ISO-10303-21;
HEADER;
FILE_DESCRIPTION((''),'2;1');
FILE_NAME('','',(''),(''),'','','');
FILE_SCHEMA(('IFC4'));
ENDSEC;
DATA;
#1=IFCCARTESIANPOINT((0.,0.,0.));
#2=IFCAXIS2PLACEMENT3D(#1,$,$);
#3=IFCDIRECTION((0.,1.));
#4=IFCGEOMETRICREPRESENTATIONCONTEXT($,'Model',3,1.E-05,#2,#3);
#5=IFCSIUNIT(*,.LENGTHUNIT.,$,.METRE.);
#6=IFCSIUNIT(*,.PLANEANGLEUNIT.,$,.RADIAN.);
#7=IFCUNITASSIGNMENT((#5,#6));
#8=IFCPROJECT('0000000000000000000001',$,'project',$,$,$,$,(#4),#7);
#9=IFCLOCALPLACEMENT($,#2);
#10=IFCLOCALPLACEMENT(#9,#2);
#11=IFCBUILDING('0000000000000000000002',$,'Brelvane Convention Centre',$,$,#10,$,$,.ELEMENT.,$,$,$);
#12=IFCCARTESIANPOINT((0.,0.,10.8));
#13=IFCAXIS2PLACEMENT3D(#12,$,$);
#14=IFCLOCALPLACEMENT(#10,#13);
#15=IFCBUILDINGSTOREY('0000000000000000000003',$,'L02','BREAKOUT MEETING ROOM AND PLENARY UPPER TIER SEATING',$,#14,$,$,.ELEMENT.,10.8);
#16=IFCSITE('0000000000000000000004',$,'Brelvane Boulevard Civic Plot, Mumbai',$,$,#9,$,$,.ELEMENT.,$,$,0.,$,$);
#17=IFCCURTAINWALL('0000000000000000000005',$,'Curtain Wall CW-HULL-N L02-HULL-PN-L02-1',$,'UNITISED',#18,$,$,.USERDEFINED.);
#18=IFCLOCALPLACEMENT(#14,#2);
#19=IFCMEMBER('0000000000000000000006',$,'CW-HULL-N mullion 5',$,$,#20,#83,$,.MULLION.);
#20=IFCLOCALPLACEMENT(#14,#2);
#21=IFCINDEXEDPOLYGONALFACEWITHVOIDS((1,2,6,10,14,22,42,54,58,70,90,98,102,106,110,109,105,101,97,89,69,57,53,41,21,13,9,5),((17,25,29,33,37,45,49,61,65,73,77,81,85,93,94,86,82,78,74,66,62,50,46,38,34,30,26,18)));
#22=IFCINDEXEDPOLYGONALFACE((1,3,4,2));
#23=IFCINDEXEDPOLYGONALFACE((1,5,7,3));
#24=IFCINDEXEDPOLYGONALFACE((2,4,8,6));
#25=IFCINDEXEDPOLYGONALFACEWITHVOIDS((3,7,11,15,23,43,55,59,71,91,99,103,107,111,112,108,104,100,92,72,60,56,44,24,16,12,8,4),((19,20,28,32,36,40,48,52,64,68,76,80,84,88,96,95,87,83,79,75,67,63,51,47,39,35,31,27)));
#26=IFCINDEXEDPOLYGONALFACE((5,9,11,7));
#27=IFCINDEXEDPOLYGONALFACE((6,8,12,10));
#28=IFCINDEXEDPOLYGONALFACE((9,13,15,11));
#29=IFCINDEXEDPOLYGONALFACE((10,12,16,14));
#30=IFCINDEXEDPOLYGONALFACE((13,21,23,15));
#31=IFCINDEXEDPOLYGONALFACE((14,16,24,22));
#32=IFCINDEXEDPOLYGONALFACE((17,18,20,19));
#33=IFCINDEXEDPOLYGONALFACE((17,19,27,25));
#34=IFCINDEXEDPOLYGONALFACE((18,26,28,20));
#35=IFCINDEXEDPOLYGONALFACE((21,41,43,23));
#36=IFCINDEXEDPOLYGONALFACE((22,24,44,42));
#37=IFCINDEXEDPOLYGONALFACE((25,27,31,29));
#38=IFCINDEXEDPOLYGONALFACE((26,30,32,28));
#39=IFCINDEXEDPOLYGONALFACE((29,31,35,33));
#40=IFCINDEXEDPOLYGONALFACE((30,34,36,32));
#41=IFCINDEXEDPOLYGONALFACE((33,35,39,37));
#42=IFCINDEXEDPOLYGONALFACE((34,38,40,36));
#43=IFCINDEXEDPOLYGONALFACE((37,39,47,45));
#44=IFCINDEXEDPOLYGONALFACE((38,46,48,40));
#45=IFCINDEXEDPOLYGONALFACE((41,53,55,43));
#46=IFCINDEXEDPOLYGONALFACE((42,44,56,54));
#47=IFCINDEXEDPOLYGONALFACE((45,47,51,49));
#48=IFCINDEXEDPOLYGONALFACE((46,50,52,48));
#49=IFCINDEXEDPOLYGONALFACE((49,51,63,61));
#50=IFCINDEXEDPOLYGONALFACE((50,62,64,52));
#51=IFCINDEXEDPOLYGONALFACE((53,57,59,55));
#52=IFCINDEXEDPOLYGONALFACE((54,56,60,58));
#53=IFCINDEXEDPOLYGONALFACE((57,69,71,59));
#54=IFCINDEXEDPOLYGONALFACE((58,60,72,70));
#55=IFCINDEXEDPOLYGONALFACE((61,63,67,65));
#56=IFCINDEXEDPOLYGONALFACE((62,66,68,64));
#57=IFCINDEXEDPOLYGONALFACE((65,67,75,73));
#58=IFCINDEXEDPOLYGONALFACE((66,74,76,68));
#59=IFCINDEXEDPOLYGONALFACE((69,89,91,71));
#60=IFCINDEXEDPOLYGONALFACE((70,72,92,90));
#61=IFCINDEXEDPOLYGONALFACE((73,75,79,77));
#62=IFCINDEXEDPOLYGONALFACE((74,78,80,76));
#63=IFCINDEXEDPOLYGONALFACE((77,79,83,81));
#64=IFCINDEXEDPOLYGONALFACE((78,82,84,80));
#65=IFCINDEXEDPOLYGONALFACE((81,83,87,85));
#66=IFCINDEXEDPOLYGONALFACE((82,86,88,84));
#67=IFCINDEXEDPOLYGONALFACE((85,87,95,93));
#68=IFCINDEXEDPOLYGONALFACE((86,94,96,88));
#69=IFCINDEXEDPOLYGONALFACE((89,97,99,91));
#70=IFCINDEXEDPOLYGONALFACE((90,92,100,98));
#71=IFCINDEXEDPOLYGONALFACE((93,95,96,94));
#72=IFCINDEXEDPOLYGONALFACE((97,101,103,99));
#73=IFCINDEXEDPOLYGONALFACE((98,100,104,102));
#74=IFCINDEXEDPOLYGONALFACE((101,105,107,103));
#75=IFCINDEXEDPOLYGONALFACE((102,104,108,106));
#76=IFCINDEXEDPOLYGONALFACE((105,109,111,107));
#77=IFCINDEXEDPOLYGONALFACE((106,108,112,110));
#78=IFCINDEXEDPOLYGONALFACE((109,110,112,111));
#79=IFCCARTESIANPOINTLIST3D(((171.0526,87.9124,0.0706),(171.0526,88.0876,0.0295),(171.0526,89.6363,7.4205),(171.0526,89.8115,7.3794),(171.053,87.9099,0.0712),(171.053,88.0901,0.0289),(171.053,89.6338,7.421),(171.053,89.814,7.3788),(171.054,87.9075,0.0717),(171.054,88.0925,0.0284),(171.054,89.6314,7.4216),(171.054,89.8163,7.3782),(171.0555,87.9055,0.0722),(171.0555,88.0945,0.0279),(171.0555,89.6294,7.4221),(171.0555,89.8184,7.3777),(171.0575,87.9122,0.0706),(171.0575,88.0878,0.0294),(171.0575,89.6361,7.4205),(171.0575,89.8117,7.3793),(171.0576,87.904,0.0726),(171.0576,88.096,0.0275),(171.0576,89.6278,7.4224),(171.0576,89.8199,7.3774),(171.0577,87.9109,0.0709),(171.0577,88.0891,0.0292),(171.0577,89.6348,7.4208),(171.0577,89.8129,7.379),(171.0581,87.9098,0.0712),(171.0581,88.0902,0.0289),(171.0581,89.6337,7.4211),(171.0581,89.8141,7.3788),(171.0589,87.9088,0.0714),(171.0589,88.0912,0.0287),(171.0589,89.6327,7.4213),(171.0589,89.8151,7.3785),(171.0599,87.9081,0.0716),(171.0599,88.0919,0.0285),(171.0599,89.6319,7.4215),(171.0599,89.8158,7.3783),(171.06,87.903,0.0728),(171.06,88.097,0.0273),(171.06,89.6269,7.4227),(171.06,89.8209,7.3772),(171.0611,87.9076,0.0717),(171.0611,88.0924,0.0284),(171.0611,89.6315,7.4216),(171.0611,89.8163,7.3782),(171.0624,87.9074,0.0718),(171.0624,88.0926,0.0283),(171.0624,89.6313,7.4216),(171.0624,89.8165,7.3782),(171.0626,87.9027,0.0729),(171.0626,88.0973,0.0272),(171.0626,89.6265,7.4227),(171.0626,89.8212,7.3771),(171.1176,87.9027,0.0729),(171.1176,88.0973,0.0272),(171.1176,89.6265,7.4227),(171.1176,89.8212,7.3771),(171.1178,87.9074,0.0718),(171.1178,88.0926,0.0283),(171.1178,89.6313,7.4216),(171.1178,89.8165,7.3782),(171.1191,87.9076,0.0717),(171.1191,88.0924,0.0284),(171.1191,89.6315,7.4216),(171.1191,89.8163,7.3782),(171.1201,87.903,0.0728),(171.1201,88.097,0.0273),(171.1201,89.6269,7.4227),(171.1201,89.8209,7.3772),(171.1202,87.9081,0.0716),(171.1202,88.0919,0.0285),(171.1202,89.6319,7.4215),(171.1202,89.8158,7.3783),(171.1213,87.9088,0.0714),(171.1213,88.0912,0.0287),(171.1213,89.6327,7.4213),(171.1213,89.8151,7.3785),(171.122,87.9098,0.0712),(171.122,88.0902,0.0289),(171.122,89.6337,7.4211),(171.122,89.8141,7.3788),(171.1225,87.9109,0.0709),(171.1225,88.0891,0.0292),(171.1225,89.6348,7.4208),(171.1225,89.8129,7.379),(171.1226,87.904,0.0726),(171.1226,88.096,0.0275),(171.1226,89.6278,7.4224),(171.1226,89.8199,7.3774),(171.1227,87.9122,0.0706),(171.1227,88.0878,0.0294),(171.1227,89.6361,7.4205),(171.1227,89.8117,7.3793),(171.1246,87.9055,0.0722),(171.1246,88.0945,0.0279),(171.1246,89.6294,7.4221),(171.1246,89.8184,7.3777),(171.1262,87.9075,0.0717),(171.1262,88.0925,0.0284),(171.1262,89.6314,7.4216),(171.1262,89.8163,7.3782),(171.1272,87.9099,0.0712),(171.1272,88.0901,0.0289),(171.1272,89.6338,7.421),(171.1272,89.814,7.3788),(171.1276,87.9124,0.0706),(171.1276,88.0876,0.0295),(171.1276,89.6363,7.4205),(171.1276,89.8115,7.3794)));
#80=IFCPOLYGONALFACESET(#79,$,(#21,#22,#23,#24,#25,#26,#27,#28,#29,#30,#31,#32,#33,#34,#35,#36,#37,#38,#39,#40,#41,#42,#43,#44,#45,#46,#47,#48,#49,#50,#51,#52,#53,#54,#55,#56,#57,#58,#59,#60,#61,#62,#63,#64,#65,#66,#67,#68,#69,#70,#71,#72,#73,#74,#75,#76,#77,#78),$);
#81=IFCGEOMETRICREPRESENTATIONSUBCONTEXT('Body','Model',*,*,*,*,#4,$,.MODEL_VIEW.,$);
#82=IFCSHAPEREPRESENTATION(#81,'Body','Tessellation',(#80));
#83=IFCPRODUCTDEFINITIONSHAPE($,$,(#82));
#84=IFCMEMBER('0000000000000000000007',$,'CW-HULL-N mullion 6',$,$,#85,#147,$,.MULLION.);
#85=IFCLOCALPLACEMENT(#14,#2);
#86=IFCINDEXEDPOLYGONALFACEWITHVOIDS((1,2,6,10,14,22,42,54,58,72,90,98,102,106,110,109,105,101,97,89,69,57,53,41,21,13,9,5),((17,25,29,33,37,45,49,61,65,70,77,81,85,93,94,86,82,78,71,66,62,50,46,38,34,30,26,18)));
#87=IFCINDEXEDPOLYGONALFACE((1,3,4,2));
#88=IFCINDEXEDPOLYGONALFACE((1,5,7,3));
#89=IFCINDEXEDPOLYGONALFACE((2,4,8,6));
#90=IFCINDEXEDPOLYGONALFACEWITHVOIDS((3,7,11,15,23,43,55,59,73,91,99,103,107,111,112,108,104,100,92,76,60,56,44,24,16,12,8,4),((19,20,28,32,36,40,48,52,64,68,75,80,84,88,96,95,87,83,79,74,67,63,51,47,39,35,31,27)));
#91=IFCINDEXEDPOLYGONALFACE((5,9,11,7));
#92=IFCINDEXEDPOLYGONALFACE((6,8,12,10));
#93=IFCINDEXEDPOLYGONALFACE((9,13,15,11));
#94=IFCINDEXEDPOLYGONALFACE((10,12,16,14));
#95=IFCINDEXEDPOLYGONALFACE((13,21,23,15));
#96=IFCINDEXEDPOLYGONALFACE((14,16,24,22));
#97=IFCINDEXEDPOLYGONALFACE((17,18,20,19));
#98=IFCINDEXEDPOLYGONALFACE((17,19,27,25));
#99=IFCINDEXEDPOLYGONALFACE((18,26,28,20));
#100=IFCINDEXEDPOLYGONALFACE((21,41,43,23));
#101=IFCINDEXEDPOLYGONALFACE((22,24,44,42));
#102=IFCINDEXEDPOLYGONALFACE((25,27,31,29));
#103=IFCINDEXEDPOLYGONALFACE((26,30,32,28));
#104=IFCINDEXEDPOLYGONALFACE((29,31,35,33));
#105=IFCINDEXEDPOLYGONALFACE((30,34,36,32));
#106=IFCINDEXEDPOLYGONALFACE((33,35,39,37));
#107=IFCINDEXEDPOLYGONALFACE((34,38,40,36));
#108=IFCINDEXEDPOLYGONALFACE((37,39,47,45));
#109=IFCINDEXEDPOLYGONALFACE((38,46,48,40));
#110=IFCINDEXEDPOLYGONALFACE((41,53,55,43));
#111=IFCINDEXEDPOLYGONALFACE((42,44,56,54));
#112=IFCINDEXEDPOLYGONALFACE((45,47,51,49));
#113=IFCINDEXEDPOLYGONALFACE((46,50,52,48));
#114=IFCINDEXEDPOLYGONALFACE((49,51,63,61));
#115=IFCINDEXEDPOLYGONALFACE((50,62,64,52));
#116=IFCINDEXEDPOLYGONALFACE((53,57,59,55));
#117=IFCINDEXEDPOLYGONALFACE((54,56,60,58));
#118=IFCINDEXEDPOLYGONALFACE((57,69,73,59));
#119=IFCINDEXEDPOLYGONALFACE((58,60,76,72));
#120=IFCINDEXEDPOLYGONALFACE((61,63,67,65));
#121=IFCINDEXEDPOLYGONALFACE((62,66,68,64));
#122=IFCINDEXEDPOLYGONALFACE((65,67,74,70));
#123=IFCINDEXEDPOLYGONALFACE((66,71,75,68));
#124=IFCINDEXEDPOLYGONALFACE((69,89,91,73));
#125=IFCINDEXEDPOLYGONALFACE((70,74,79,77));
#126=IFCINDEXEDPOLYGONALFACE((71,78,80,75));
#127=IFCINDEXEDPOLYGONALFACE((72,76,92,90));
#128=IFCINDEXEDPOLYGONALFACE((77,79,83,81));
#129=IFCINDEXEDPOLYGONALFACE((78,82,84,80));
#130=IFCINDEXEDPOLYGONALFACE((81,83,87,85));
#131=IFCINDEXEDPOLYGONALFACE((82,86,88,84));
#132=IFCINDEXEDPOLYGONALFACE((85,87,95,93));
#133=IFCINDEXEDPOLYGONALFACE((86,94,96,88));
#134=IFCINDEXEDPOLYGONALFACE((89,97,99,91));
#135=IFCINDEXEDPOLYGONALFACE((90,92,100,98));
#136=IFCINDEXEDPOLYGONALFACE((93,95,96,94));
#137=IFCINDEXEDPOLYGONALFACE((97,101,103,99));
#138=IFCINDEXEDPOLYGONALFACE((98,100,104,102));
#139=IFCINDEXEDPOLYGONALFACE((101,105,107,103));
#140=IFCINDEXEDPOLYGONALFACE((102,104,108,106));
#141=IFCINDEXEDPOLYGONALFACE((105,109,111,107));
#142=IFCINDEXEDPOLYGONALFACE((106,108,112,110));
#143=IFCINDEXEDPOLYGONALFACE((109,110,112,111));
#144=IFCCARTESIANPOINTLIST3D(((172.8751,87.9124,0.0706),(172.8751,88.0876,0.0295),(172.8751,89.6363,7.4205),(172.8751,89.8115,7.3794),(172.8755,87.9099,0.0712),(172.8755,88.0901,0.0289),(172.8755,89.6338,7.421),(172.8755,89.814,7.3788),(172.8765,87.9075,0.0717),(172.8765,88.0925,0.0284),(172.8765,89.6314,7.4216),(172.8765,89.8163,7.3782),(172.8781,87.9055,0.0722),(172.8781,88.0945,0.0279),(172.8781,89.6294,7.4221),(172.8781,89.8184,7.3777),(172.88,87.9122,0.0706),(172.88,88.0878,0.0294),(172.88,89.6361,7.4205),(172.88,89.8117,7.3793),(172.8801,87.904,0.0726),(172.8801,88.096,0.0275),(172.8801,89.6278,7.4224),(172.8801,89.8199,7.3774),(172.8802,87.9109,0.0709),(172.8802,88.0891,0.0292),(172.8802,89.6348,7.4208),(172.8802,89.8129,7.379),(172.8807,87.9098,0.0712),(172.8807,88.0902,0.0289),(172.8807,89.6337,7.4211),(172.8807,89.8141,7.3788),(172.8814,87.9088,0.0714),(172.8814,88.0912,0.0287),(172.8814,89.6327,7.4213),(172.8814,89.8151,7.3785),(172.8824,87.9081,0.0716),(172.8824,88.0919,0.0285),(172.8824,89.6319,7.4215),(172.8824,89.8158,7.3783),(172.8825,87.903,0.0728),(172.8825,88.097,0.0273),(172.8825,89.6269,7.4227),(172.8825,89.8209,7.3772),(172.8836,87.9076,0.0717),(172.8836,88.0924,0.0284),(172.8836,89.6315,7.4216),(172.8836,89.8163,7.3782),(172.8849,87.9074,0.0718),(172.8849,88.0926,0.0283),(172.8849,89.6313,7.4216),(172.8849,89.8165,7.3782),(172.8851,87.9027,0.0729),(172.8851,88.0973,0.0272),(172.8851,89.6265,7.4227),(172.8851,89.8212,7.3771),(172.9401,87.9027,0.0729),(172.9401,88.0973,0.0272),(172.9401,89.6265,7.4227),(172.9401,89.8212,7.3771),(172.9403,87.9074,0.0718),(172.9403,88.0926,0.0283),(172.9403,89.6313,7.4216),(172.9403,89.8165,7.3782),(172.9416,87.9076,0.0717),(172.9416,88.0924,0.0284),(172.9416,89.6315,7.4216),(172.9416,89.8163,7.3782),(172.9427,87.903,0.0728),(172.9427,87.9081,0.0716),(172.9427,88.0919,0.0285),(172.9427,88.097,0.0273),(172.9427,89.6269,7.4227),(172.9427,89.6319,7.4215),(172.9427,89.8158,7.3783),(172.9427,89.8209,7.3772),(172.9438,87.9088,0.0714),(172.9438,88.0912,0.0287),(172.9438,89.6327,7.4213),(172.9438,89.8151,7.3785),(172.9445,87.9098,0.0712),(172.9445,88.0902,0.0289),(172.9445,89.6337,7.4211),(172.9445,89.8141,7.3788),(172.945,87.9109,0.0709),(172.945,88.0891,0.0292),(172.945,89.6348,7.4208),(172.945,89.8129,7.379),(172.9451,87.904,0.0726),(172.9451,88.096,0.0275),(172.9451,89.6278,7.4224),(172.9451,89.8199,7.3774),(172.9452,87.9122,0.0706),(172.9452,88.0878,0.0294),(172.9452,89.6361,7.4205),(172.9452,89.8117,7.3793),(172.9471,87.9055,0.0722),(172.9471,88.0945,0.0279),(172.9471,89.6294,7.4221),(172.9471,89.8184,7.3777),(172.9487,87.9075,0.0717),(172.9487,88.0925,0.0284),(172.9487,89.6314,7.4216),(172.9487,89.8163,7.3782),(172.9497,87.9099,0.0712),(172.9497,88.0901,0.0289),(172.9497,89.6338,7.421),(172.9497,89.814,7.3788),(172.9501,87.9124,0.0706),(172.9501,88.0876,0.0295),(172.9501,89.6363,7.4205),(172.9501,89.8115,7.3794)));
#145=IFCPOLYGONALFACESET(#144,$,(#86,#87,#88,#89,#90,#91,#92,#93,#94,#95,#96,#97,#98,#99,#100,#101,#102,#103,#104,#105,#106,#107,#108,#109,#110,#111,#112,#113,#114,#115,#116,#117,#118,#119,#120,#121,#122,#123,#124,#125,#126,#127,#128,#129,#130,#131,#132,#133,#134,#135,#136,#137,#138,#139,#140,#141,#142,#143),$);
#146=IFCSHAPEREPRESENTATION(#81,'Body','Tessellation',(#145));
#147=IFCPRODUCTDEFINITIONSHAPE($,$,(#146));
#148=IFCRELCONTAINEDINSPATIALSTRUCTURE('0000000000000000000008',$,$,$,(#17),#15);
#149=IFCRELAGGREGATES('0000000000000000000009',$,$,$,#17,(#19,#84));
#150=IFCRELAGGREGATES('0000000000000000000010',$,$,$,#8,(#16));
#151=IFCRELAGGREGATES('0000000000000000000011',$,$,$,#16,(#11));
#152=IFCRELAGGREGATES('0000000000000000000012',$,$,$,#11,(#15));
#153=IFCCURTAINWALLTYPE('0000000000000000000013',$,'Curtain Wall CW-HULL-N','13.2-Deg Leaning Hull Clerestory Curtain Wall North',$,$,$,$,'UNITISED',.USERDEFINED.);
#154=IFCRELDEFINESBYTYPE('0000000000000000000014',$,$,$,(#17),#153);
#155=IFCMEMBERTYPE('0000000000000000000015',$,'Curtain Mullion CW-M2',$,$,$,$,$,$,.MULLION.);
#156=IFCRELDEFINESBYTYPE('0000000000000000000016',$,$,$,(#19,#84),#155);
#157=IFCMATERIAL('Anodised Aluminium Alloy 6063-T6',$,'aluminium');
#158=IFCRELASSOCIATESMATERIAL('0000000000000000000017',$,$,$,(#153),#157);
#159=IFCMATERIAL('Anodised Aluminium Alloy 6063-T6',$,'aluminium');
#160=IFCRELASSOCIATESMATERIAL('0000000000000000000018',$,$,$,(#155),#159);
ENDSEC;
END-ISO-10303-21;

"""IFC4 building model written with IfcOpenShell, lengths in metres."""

from ifc_helpers import new_model, si_unit, direction, frame, origin, origin_2d, place, context, subcontext, project, spatial, hollow_rectangle, extrude, material, material_profile, profile_set, type_object, element, aggregate, save


model = new_model("IFC4")

# Units and contexts
model_context = context("Model", 3, precision=1e-05, world=origin(), true_north=direction((0.0, 1.0)))
body_context = subcontext(model_context, "Body", "Model", "MODEL_VIEW")
ifc_project = project(units=[si_unit("LENGTHUNIT", "METRE"), si_unit("PLANEANGLEUNIT", "RADIAN")], contexts=[model_context])

# Site, building, storey
site_placement = place(None, origin())
site = spatial("IfcSite", under=ifc_project, at=site_placement, Name="Brelvane Boulevard Civic Plot, Mumbai", CompositionType="ELEMENT", RefElevation=0.0)
building_placement = place(site_placement, origin())
building = spatial("IfcBuilding", under=site, at=building_placement, Name="Brelvane Convention Centre", CompositionType="ELEMENT")
storey_placement = place(building_placement, frame((0.0, 0.0, 10.8)))
storey = spatial("IfcBuildingStorey", under=building, at=storey_placement, Name="L02", Description="BREAKOUT MEETING ROOM AND PLENARY UPPER TIER SEATING", CompositionType="ELEMENT", Elevation=10.8)

# Curtain wall, members
ifc_material_1 = material(Name="Anodised Aluminium Alloy 6063-T6", Category="aluminium")
curtain_wall_type = type_object("IfcCurtainWallType", Name="Curtain Wall CW-HULL-N", Description="13.2-Deg Leaning Hull Clerestory Curtain Wall North", ElementType="UNITISED", PredefinedType="USERDEFINED", material=ifc_material_1)
curtain_wall_1_placement = place(storey_placement, origin())
curtain_wall_1 = element("IfcCurtainWall", 1, at=curtain_wall_1_placement, inside=storey, type_object=curtain_wall_type, Name="Curtain Wall CW-HULL-N L02-HULL-PN-L02-1", ObjectType="UNITISED", PredefinedType="USERDEFINED")
ifc_material_2 = material(Name="Anodised Aluminium Alloy 6063-T6", Category="aluminium")
ifc_material_profile_1 = material_profile(ifc_material_2, hollow_rectangle(XDim=0.075, YDim=0.2, WallThickness=0.0049, InnerFilletRadius=0.0049, OuterFilletRadius=0.01, at=origin_2d()), Name="ALU-M 200x75x5.0")
ifc_profile_set_1 = profile_set([ifc_material_profile_1], Name="Anodised Aluminium Alloy 6063-T6")
member_type_1 = type_object("IfcMemberType", Name="Curtain Mullion CW-M2", PredefinedType="MULLION", material=ifc_profile_set_1)
member_1_placement = place(storey_placement, frame((171.0901, 88.0, 0.05), z_axis=(0.0, 0.228349, 0.973579), x_axis=(-1.0, 0.0, 0.0)))
member_1 = element("IfcMember", 2, at=member_1_placement, type_object=member_type_1, Name="CW-HULL-N mullion 5", PredefinedType="MULLION", context=body_context, shape_type="SweptSolid", body=[
    extrude(hollow_rectangle(XDim=0.075, YDim=0.2, WallThickness=0.0049, InnerFilletRadius=0.0049, OuterFilletRadius=0.01, at=origin_2d()), origin(), (0.0, 0.0, 1.0), 7.5493),
])
member_2_placement = place(storey_placement, frame((172.9126, 88.0, 0.05), z_axis=(0.0, 0.228349, 0.973579), x_axis=(-1.0, 0.0, 0.0)))
member_2 = element("IfcMember", 3, at=member_2_placement, type_object=member_type_1, Name="CW-HULL-N mullion 6", PredefinedType="MULLION", context=body_context, shape_type="SweptSolid", body=[
    extrude(hollow_rectangle(XDim=0.075, YDim=0.2, WallThickness=0.0049, InnerFilletRadius=0.0049, OuterFilletRadius=0.01, at=origin_2d()), origin(), (0.0, 0.0, 1.0), 7.5493),
])

aggregate(curtain_wall_1, [member_1, member_2])

save(model, "model.ifc")
